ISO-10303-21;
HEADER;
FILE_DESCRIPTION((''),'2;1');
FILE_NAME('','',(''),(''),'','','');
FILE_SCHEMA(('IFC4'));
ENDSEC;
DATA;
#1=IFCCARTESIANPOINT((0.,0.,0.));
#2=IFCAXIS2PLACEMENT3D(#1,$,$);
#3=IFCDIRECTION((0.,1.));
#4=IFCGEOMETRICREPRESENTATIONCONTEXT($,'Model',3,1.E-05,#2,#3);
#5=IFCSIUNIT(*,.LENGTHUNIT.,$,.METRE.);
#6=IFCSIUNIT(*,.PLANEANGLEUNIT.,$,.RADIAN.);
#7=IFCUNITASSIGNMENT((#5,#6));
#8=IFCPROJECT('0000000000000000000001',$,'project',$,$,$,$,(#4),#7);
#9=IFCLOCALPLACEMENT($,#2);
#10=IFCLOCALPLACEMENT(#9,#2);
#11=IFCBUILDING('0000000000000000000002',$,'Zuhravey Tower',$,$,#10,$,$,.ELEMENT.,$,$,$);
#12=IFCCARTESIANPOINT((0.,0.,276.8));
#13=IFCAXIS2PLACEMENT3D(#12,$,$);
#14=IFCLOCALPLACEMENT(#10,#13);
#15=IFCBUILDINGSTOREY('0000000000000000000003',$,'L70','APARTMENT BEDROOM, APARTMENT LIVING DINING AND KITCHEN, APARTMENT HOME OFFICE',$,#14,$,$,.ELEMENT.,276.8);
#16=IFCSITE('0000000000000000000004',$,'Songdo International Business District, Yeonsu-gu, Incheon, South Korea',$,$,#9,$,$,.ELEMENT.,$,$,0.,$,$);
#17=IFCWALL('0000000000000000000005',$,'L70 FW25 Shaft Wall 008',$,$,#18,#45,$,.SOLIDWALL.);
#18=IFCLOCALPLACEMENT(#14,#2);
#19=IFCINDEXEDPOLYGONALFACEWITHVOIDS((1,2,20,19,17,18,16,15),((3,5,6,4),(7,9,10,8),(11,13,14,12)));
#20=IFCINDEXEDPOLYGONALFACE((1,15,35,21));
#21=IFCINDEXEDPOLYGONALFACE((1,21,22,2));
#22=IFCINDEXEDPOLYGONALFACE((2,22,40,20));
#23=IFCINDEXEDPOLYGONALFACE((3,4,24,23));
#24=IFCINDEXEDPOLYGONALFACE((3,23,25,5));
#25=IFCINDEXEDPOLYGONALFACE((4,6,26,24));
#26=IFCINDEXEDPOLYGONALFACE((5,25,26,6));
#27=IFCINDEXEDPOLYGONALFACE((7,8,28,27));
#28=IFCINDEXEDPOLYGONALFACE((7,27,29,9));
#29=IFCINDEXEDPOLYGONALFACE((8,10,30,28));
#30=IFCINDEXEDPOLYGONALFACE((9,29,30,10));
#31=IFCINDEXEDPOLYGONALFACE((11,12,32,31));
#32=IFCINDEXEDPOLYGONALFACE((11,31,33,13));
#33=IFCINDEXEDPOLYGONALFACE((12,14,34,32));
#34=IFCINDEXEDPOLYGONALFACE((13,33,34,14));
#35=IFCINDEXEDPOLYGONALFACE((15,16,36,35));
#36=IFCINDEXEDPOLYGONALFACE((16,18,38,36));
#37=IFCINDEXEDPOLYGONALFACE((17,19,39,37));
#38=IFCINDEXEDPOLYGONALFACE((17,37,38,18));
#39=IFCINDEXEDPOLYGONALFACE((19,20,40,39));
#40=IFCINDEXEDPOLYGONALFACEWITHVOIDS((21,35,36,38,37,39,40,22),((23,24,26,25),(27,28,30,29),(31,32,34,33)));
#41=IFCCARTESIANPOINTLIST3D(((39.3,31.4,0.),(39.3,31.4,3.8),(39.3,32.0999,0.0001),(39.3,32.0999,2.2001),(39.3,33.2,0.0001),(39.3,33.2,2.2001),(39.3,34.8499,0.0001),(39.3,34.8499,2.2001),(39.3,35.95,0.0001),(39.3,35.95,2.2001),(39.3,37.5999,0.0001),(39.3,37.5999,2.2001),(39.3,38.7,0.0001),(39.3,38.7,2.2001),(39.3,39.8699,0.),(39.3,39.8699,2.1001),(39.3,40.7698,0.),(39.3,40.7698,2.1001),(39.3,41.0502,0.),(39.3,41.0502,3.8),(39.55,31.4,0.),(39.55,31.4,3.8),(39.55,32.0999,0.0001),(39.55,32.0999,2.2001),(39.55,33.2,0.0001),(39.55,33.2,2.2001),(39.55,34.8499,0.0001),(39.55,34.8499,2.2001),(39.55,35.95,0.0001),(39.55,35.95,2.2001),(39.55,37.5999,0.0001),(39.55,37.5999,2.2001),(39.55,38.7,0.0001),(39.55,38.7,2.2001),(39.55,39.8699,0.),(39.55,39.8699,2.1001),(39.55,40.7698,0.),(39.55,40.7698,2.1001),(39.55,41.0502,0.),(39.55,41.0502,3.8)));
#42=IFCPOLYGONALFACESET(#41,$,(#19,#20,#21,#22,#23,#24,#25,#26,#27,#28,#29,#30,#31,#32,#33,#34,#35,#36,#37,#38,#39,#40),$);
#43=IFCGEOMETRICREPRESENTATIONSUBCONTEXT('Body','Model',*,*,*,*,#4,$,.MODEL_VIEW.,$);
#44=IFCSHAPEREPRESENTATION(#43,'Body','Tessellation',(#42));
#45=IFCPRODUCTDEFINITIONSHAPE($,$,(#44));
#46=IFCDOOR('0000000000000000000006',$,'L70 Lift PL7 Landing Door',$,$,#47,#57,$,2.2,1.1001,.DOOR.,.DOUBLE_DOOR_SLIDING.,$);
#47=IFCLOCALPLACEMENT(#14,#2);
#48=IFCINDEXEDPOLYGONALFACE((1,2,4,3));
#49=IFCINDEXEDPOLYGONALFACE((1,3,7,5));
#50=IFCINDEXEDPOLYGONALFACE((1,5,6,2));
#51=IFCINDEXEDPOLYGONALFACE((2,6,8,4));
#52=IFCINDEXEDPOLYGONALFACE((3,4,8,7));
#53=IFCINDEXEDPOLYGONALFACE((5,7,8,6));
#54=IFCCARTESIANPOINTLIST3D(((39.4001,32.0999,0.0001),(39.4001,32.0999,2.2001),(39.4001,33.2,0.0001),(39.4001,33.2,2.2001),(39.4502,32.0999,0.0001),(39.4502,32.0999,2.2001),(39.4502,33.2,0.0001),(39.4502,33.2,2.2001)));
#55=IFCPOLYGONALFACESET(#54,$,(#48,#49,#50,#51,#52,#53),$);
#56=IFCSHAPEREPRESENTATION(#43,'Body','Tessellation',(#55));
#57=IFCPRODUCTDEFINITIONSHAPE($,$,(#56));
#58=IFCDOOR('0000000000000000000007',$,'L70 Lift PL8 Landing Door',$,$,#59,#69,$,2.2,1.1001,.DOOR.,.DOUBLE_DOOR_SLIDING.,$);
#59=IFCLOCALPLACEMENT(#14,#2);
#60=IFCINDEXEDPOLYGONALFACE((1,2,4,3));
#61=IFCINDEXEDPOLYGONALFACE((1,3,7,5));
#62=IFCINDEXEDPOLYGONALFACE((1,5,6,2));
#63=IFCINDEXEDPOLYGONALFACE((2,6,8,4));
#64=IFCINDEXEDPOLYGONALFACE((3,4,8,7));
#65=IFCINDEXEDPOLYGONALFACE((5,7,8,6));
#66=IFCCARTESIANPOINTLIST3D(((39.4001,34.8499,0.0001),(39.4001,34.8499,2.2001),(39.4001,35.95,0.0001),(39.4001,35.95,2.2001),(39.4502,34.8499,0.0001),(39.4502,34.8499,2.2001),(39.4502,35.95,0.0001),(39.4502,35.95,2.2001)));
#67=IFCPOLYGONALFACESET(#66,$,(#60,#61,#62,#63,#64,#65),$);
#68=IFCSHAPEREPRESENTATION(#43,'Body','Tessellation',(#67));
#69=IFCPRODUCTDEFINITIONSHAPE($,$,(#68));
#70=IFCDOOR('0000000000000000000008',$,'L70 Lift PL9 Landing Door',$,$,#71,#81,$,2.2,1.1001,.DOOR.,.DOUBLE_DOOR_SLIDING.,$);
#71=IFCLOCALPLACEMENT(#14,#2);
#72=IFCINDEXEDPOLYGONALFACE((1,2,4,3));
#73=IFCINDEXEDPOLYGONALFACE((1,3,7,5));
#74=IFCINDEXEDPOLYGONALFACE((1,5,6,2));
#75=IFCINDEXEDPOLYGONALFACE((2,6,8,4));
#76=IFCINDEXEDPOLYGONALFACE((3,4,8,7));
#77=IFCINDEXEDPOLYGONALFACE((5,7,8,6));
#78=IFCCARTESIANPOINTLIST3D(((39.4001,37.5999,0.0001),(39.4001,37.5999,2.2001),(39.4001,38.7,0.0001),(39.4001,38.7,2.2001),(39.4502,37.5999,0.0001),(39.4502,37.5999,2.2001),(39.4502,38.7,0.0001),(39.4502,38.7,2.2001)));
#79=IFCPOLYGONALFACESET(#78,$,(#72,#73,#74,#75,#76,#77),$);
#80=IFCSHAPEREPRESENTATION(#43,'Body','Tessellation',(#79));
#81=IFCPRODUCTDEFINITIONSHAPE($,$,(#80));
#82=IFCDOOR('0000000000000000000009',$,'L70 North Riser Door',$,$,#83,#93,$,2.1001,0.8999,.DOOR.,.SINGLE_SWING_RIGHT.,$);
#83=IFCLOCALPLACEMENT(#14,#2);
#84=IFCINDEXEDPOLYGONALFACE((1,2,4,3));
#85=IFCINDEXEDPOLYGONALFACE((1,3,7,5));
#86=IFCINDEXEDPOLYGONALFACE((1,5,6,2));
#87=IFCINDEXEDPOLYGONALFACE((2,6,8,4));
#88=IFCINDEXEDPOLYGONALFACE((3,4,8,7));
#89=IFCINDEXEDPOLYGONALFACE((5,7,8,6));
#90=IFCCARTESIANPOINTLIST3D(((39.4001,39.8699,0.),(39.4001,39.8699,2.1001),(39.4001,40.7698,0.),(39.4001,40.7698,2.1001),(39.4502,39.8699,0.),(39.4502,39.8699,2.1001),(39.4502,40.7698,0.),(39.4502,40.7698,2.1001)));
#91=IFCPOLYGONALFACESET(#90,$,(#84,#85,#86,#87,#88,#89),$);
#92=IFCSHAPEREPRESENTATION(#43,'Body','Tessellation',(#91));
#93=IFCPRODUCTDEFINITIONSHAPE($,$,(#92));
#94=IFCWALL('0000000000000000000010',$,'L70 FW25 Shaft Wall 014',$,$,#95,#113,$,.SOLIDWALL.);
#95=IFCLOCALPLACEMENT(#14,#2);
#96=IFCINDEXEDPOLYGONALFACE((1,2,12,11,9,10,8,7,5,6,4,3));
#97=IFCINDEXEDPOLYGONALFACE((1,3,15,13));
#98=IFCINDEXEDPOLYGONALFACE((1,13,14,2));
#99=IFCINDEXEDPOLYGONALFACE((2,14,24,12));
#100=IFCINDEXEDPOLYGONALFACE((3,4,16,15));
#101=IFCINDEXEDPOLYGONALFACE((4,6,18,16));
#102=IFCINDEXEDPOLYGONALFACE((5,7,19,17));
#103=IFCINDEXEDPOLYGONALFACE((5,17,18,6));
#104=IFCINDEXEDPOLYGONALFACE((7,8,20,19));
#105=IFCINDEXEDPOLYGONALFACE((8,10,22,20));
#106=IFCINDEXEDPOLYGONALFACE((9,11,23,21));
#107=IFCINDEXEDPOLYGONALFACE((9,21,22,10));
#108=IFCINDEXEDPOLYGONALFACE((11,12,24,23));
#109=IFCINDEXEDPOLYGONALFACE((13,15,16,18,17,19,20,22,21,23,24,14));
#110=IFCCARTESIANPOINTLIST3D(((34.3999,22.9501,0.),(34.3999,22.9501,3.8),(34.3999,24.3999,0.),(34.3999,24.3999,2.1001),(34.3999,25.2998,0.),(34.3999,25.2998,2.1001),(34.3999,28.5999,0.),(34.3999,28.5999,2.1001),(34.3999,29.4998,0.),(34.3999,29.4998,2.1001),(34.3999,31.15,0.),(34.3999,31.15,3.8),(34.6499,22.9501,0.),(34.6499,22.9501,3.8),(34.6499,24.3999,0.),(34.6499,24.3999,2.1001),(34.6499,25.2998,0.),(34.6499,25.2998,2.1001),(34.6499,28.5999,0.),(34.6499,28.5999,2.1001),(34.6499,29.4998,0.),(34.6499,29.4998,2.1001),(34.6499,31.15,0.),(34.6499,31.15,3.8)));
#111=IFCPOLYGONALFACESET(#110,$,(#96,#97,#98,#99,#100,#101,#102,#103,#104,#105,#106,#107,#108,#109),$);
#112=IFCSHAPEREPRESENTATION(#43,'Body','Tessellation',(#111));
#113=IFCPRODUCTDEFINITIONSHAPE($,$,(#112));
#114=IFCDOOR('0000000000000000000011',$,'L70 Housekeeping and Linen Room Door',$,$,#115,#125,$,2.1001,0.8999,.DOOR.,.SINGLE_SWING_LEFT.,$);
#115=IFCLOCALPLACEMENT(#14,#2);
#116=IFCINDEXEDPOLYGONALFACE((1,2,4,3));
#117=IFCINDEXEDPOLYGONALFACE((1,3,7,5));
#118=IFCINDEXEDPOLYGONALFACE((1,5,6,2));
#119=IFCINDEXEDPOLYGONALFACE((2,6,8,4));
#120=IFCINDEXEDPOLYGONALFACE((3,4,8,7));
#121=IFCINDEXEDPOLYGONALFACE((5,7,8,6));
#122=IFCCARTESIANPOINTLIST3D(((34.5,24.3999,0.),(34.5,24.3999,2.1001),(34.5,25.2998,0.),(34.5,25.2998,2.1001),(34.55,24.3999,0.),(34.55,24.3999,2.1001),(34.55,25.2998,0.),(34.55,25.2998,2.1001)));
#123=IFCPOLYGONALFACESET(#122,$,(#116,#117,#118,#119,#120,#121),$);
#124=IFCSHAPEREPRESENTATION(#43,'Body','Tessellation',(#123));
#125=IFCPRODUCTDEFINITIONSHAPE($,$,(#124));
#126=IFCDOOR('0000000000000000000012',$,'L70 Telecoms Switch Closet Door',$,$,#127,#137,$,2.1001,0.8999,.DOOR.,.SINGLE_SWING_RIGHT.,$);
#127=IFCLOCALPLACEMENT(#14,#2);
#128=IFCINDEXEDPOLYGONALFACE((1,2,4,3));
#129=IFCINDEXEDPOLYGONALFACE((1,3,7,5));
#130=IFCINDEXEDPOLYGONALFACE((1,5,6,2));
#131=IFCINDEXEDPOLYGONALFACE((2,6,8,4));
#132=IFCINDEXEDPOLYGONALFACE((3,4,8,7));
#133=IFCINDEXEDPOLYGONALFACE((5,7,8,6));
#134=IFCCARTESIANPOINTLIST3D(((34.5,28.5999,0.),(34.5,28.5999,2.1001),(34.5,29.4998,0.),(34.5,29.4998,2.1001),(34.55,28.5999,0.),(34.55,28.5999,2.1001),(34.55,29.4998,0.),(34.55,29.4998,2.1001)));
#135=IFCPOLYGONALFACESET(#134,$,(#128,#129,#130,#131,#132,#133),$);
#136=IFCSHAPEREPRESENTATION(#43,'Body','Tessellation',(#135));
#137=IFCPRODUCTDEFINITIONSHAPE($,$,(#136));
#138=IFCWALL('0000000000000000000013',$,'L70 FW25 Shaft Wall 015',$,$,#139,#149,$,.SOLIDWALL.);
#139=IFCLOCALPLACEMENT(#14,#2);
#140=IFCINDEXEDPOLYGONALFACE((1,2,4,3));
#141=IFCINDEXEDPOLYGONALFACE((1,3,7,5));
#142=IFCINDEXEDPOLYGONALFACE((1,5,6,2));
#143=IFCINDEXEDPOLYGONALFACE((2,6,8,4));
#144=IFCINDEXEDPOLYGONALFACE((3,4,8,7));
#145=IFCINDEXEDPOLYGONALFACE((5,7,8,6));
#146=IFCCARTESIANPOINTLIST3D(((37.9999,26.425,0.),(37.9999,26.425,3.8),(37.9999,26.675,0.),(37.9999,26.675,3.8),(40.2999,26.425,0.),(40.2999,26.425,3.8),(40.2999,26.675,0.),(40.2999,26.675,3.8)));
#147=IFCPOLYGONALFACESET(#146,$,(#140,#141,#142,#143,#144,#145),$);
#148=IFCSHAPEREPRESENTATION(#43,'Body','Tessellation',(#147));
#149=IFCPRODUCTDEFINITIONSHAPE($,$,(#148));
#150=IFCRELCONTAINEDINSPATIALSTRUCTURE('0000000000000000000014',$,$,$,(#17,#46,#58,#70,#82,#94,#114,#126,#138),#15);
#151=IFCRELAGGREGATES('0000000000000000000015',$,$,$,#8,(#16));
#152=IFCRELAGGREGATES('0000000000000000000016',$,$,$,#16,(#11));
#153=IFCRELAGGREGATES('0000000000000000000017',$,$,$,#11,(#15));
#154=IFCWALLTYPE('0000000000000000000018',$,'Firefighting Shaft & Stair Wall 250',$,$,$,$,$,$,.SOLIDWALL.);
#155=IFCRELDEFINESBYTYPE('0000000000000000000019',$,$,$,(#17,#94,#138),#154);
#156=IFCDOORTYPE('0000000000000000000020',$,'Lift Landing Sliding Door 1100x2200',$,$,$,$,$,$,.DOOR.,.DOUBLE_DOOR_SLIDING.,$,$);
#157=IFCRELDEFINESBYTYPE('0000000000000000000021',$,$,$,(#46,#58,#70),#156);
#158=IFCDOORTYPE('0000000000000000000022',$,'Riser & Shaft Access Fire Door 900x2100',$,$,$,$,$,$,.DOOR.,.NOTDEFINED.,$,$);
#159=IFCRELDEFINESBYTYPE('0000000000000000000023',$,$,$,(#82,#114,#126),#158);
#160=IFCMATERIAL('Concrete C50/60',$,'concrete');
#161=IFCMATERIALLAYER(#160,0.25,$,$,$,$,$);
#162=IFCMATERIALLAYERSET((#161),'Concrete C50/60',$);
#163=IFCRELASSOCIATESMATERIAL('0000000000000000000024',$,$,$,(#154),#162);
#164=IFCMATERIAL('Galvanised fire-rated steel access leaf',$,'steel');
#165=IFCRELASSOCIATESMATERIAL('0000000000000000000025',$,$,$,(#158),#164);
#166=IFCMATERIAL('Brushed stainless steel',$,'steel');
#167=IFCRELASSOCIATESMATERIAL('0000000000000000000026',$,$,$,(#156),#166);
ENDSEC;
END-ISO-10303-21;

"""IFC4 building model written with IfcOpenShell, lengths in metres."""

from ifc_helpers import new_model, si_unit, direction, frame, frame_2d, origin, place, context, subcontext, project, spatial, rectangle, extrude, material, layer, layer_set, type_object, element, fill, save


model = new_model("IFC4")

# Units and contexts
model_context = context("Model", 3, precision=1e-05, world=origin(), true_north=direction((0.0, 1.0)))
body_context = subcontext(model_context, "Body", "Model", "MODEL_VIEW")
ifc_project = project(units=[si_unit("LENGTHUNIT", "METRE"), si_unit("PLANEANGLEUNIT", "RADIAN")], contexts=[model_context])

# Site, building, storey
site_placement = place(None, origin())
site = spatial("IfcSite", under=ifc_project, at=site_placement, Name="Songdo International Business District, Yeonsu-gu, Incheon, South Korea", CompositionType="ELEMENT", RefElevation=0.0)
building_placement = place(site_placement, origin())
building = spatial("IfcBuilding", under=site, at=building_placement, Name="Zuhravey Tower", CompositionType="ELEMENT")
storey_placement = place(building_placement, frame((0.0, 0.0, 276.8)))
storey = spatial("IfcBuildingStorey", under=building, at=storey_placement, Name="L70", Description="APARTMENT BEDROOM, APARTMENT LIVING DINING AND KITCHEN, APARTMENT HOME OFFICE", CompositionType="ELEMENT", Elevation=276.8)

# Shared definitions
ifc_material_1 = material(Name="Concrete C50/60", Category="concrete")

# Shared definitions
ifc_layer_1 = layer(ifc_material_1, 0.25)
ifc_layer_set_1 = layer_set([ifc_layer_1], Name="Concrete C50/60")
wall_type_1 = type_object("IfcWallType", Name="Firefighting Shaft & Stair Wall 250", PredefinedType="SOLIDWALL", material=ifc_layer_set_1)

# Walls, openings, doors
ifc_material_2 = material(Name="Galvanised fire-rated steel access leaf", Category="steel")
door_type_1 = type_object("IfcDoorType", Name="Riser & Shaft Access Fire Door 900x2100", OperationType="NOTDEFINED", PredefinedType="DOOR", material=ifc_material_2)
wall_1_placement = place(storey_placement, frame((39.425, 31.3999, 0.0), z_axis=(0.0, 0.0, 1.0), x_axis=(0.0, 1.0, 0.0)))
wall_1 = element("IfcWall", 1, at=wall_1_placement, inside=storey, type_object=wall_type_1, Name="L70 FW25 Shaft Wall 008", PredefinedType="SOLIDWALL", context=body_context, shape_type="SweptSolid", body=[
    extrude(rectangle(XDim=9.6501, YDim=0.25, at=frame_2d((4.8252, 0.0))), origin(), (0.0, 0.0, 1.0), 3.8),
])
opening_1_placement = place(wall_1_placement, frame((0.7, 0.0, 0.0)))
opening_1 = element("IfcOpeningElement", 2, at=opening_1_placement, cuts=wall_1, PredefinedType="OPENING", context=body_context, shape_type="SweptSolid", body=[
    extrude(rectangle(XDim=1.1001, YDim=2.2, at=frame_2d((0.55, 1.1001))), frame((0.0, 0.137, 0.0), z_axis=(0.0, -1.0, 0.0), x_axis=(1.0, 0.0, 0.0)), (0.0, 0.0, 1.0), 0.2739),
])
opening_2_placement = place(wall_1_placement, frame((3.45, 0.0, 0.0)))
opening_2 = element("IfcOpeningElement", 3, at=opening_2_placement, cuts=wall_1, PredefinedType="OPENING", context=body_context, shape_type="SweptSolid", body=[
    extrude(rectangle(XDim=1.1001, YDim=2.2, at=frame_2d((0.55, 1.1001))), frame((0.0, 0.137, 0.0), z_axis=(0.0, -1.0, 0.0), x_axis=(1.0, 0.0, 0.0)), (0.0, 0.0, 1.0), 0.2739),
])
opening_3_placement = place(wall_1_placement, frame((6.2, 0.0, 0.0)))
opening_3 = element("IfcOpeningElement", 4, at=opening_3_placement, cuts=wall_1, PredefinedType="OPENING", context=body_context, shape_type="SweptSolid", body=[
    extrude(rectangle(XDim=1.1001, YDim=2.2, at=frame_2d((0.55, 1.1001))), frame((0.0, 0.137, 0.0), z_axis=(0.0, -1.0, 0.0), x_axis=(1.0, 0.0, 0.0)), (0.0, 0.0, 1.0), 0.2739),
])
opening_4_placement = place(wall_1_placement, frame((8.47, 0.0, 0.0)))
opening_4 = element("IfcOpeningElement", 5, at=opening_4_placement, cuts=wall_1, PredefinedType="OPENING", context=body_context, shape_type="SweptSolid", body=[
    extrude(rectangle(XDim=0.8999, YDim=2.1001, at=frame_2d((0.45, 1.05))), frame((0.0, 0.137, 0.0), z_axis=(0.0, -1.0, 0.0), x_axis=(1.0, 0.0, 0.0)), (0.0, 0.0, 1.0), 0.2739),
])
ifc_material_3 = material(Name="Brushed stainless steel", Category="steel")
door_type_2 = type_object("IfcDoorType", Name="Lift Landing Sliding Door 1100x2200", OperationType="DOUBLE_DOOR_SLIDING", PredefinedType="DOOR", material=ifc_material_3)
door_1_placement = place(opening_1_placement, origin())
door_1 = element("IfcDoor", 6, at=door_1_placement, inside=storey, type_object=door_type_2, Name="L70 Lift PL7 Landing Door", OperationType="DOUBLE_DOOR_SLIDING", OverallHeight=2.2, OverallWidth=1.1001, PredefinedType="DOOR", context=body_context, shape_type="SweptSolid", body=[
    extrude(rectangle(XDim=1.1001, YDim=2.2, at=frame_2d((0.55, 1.1001))), frame((0.0, 0.0249, 0.0), z_axis=(0.0, -1.0, 0.0), x_axis=(1.0, 0.0, 0.0)), (0.0, 0.0, 1.0), 0.05),
])
fill(opening_1, door_1)
door_2_placement = place(opening_2_placement, origin())
door_2 = element("IfcDoor", 7, at=door_2_placement, inside=storey, type_object=door_type_2, Name="L70 Lift PL8 Landing Door", OperationType="DOUBLE_DOOR_SLIDING", OverallHeight=2.2, OverallWidth=1.1001, PredefinedType="DOOR", context=body_context, shape_type="SweptSolid", body=[
    extrude(rectangle(XDim=1.1001, YDim=2.2, at=frame_2d((0.55, 1.1001))), frame((0.0, 0.0249, 0.0), z_axis=(0.0, -1.0, 0.0), x_axis=(1.0, 0.0, 0.0)), (0.0, 0.0, 1.0), 0.05),
])
fill(opening_2, door_2)
door_3_placement = place(opening_3_placement, origin())
door_3 = element("IfcDoor", 8, at=door_3_placement, inside=storey, type_object=door_type_2, Name="L70 Lift PL9 Landing Door", OperationType="DOUBLE_DOOR_SLIDING", OverallHeight=2.2, OverallWidth=1.1001, PredefinedType="DOOR", context=body_context, shape_type="SweptSolid", body=[
    extrude(rectangle(XDim=1.1001, YDim=2.2, at=frame_2d((0.55, 1.1001))), frame((0.0, 0.0249, 0.0), z_axis=(0.0, -1.0, 0.0), x_axis=(1.0, 0.0, 0.0)), (0.0, 0.0, 1.0), 0.05),
])
fill(opening_3, door_3)
door_4_placement = place(opening_4_placement, origin())
door_4 = element("IfcDoor", 9, at=door_4_placement, inside=storey, type_object=door_type_1, Name="L70 North Riser Door", OperationType="SINGLE_SWING_RIGHT", OverallHeight=2.1001, OverallWidth=0.8999, PredefinedType="DOOR", context=body_context, shape_type="SweptSolid", body=[
    extrude(rectangle(XDim=0.8999, YDim=2.1001, at=frame_2d((0.45, 1.05))), frame((0.0, 0.0249, 0.0), z_axis=(0.0, -1.0, 0.0), x_axis=(1.0, 0.0, 0.0)), (0.0, 0.0, 1.0), 0.05),
])
fill(opening_4, door_4)
wall_2_placement = place(storey_placement, frame((34.5249, 22.95, 0.0), z_axis=(0.0, 0.0, 1.0), x_axis=(0.0, 1.0, 0.0)))
wall_2 = element("IfcWall", 10, at=wall_2_placement, inside=storey, type_object=wall_type_1, Name="L70 FW25 Shaft Wall 014", PredefinedType="SOLIDWALL", context=body_context, shape_type="SweptSolid", body=[
    extrude(rectangle(XDim=8.2, YDim=0.25, at=frame_2d((4.1001, 0.0))), origin(), (0.0, 0.0, 1.0), 3.8),
])
opening_5_placement = place(wall_2_placement, frame((1.45, 0.0, 0.0)))
opening_5 = element("IfcOpeningElement", 11, at=opening_5_placement, cuts=wall_2, PredefinedType="OPENING", context=body_context, shape_type="SweptSolid", body=[
    extrude(rectangle(XDim=0.8999, YDim=2.1001, at=frame_2d((0.45, 1.05))), frame((0.0, 0.137, 0.0), z_axis=(0.0, -1.0, 0.0), x_axis=(1.0, 0.0, 0.0)), (0.0, 0.0, 1.0), 0.2739),
])
opening_6_placement = place(wall_2_placement, frame((5.6499, 0.0, 0.0)))
opening_6 = element("IfcOpeningElement", 12, at=opening_6_placement, cuts=wall_2, PredefinedType="OPENING", context=body_context, shape_type="SweptSolid", body=[
    extrude(rectangle(XDim=0.8999, YDim=2.1001, at=frame_2d((0.45, 1.05))), frame((0.0, 0.137, 0.0), z_axis=(0.0, -1.0, 0.0), x_axis=(1.0, 0.0, 0.0)), (0.0, 0.0, 1.0), 0.2739),
])
door_5_placement = place(opening_5_placement, origin())
door_5 = element("IfcDoor", 13, at=door_5_placement, inside=storey, type_object=door_type_1, Name="L70 Housekeeping and Linen Room Door", OperationType="SINGLE_SWING_LEFT", OverallHeight=2.1001, OverallWidth=0.8999, PredefinedType="DOOR", context=body_context, shape_type="SweptSolid", body=[
    extrude(rectangle(XDim=0.8999, YDim=2.1001, at=frame_2d((0.45, 1.05))), frame((0.0, 0.0249, 0.0), z_axis=(0.0, -1.0, 0.0), x_axis=(1.0, 0.0, 0.0)), (0.0, 0.0, 1.0), 0.05),
])
fill(opening_5, door_5)
door_6_placement = place(opening_6_placement, origin())
door_6 = element("IfcDoor", 14, at=door_6_placement, inside=storey, type_object=door_type_1, Name="L70 Telecoms Switch Closet Door", OperationType="SINGLE_SWING_RIGHT", OverallHeight=2.1001, OverallWidth=0.8999, PredefinedType="DOOR", context=body_context, shape_type="SweptSolid", body=[
    extrude(rectangle(XDim=0.8999, YDim=2.1001, at=frame_2d((0.45, 1.05))), frame((0.0, 0.0249, 0.0), z_axis=(0.0, -1.0, 0.0), x_axis=(1.0, 0.0, 0.0)), (0.0, 0.0, 1.0), 0.05),
])
fill(opening_6, door_6)

# Wall
wall_3_placement = place(storey_placement, frame((38.0, 26.55, 0.0), z_axis=(0.0, 0.0, 1.0), x_axis=(1.0, 0.0, 0.0)))
element("IfcWall", 15, at=wall_3_placement, inside=storey, type_object=wall_type_1, Name="L70 FW25 Shaft Wall 015", PredefinedType="SOLIDWALL", context=body_context, shape_type="SweptSolid", body=[
    extrude(rectangle(XDim=2.3, YDim=0.25, at=frame_2d((1.1499, 0.0))), origin(), (0.0, 0.0, 1.0), 3.8),
])

save(model, "model.ifc")
